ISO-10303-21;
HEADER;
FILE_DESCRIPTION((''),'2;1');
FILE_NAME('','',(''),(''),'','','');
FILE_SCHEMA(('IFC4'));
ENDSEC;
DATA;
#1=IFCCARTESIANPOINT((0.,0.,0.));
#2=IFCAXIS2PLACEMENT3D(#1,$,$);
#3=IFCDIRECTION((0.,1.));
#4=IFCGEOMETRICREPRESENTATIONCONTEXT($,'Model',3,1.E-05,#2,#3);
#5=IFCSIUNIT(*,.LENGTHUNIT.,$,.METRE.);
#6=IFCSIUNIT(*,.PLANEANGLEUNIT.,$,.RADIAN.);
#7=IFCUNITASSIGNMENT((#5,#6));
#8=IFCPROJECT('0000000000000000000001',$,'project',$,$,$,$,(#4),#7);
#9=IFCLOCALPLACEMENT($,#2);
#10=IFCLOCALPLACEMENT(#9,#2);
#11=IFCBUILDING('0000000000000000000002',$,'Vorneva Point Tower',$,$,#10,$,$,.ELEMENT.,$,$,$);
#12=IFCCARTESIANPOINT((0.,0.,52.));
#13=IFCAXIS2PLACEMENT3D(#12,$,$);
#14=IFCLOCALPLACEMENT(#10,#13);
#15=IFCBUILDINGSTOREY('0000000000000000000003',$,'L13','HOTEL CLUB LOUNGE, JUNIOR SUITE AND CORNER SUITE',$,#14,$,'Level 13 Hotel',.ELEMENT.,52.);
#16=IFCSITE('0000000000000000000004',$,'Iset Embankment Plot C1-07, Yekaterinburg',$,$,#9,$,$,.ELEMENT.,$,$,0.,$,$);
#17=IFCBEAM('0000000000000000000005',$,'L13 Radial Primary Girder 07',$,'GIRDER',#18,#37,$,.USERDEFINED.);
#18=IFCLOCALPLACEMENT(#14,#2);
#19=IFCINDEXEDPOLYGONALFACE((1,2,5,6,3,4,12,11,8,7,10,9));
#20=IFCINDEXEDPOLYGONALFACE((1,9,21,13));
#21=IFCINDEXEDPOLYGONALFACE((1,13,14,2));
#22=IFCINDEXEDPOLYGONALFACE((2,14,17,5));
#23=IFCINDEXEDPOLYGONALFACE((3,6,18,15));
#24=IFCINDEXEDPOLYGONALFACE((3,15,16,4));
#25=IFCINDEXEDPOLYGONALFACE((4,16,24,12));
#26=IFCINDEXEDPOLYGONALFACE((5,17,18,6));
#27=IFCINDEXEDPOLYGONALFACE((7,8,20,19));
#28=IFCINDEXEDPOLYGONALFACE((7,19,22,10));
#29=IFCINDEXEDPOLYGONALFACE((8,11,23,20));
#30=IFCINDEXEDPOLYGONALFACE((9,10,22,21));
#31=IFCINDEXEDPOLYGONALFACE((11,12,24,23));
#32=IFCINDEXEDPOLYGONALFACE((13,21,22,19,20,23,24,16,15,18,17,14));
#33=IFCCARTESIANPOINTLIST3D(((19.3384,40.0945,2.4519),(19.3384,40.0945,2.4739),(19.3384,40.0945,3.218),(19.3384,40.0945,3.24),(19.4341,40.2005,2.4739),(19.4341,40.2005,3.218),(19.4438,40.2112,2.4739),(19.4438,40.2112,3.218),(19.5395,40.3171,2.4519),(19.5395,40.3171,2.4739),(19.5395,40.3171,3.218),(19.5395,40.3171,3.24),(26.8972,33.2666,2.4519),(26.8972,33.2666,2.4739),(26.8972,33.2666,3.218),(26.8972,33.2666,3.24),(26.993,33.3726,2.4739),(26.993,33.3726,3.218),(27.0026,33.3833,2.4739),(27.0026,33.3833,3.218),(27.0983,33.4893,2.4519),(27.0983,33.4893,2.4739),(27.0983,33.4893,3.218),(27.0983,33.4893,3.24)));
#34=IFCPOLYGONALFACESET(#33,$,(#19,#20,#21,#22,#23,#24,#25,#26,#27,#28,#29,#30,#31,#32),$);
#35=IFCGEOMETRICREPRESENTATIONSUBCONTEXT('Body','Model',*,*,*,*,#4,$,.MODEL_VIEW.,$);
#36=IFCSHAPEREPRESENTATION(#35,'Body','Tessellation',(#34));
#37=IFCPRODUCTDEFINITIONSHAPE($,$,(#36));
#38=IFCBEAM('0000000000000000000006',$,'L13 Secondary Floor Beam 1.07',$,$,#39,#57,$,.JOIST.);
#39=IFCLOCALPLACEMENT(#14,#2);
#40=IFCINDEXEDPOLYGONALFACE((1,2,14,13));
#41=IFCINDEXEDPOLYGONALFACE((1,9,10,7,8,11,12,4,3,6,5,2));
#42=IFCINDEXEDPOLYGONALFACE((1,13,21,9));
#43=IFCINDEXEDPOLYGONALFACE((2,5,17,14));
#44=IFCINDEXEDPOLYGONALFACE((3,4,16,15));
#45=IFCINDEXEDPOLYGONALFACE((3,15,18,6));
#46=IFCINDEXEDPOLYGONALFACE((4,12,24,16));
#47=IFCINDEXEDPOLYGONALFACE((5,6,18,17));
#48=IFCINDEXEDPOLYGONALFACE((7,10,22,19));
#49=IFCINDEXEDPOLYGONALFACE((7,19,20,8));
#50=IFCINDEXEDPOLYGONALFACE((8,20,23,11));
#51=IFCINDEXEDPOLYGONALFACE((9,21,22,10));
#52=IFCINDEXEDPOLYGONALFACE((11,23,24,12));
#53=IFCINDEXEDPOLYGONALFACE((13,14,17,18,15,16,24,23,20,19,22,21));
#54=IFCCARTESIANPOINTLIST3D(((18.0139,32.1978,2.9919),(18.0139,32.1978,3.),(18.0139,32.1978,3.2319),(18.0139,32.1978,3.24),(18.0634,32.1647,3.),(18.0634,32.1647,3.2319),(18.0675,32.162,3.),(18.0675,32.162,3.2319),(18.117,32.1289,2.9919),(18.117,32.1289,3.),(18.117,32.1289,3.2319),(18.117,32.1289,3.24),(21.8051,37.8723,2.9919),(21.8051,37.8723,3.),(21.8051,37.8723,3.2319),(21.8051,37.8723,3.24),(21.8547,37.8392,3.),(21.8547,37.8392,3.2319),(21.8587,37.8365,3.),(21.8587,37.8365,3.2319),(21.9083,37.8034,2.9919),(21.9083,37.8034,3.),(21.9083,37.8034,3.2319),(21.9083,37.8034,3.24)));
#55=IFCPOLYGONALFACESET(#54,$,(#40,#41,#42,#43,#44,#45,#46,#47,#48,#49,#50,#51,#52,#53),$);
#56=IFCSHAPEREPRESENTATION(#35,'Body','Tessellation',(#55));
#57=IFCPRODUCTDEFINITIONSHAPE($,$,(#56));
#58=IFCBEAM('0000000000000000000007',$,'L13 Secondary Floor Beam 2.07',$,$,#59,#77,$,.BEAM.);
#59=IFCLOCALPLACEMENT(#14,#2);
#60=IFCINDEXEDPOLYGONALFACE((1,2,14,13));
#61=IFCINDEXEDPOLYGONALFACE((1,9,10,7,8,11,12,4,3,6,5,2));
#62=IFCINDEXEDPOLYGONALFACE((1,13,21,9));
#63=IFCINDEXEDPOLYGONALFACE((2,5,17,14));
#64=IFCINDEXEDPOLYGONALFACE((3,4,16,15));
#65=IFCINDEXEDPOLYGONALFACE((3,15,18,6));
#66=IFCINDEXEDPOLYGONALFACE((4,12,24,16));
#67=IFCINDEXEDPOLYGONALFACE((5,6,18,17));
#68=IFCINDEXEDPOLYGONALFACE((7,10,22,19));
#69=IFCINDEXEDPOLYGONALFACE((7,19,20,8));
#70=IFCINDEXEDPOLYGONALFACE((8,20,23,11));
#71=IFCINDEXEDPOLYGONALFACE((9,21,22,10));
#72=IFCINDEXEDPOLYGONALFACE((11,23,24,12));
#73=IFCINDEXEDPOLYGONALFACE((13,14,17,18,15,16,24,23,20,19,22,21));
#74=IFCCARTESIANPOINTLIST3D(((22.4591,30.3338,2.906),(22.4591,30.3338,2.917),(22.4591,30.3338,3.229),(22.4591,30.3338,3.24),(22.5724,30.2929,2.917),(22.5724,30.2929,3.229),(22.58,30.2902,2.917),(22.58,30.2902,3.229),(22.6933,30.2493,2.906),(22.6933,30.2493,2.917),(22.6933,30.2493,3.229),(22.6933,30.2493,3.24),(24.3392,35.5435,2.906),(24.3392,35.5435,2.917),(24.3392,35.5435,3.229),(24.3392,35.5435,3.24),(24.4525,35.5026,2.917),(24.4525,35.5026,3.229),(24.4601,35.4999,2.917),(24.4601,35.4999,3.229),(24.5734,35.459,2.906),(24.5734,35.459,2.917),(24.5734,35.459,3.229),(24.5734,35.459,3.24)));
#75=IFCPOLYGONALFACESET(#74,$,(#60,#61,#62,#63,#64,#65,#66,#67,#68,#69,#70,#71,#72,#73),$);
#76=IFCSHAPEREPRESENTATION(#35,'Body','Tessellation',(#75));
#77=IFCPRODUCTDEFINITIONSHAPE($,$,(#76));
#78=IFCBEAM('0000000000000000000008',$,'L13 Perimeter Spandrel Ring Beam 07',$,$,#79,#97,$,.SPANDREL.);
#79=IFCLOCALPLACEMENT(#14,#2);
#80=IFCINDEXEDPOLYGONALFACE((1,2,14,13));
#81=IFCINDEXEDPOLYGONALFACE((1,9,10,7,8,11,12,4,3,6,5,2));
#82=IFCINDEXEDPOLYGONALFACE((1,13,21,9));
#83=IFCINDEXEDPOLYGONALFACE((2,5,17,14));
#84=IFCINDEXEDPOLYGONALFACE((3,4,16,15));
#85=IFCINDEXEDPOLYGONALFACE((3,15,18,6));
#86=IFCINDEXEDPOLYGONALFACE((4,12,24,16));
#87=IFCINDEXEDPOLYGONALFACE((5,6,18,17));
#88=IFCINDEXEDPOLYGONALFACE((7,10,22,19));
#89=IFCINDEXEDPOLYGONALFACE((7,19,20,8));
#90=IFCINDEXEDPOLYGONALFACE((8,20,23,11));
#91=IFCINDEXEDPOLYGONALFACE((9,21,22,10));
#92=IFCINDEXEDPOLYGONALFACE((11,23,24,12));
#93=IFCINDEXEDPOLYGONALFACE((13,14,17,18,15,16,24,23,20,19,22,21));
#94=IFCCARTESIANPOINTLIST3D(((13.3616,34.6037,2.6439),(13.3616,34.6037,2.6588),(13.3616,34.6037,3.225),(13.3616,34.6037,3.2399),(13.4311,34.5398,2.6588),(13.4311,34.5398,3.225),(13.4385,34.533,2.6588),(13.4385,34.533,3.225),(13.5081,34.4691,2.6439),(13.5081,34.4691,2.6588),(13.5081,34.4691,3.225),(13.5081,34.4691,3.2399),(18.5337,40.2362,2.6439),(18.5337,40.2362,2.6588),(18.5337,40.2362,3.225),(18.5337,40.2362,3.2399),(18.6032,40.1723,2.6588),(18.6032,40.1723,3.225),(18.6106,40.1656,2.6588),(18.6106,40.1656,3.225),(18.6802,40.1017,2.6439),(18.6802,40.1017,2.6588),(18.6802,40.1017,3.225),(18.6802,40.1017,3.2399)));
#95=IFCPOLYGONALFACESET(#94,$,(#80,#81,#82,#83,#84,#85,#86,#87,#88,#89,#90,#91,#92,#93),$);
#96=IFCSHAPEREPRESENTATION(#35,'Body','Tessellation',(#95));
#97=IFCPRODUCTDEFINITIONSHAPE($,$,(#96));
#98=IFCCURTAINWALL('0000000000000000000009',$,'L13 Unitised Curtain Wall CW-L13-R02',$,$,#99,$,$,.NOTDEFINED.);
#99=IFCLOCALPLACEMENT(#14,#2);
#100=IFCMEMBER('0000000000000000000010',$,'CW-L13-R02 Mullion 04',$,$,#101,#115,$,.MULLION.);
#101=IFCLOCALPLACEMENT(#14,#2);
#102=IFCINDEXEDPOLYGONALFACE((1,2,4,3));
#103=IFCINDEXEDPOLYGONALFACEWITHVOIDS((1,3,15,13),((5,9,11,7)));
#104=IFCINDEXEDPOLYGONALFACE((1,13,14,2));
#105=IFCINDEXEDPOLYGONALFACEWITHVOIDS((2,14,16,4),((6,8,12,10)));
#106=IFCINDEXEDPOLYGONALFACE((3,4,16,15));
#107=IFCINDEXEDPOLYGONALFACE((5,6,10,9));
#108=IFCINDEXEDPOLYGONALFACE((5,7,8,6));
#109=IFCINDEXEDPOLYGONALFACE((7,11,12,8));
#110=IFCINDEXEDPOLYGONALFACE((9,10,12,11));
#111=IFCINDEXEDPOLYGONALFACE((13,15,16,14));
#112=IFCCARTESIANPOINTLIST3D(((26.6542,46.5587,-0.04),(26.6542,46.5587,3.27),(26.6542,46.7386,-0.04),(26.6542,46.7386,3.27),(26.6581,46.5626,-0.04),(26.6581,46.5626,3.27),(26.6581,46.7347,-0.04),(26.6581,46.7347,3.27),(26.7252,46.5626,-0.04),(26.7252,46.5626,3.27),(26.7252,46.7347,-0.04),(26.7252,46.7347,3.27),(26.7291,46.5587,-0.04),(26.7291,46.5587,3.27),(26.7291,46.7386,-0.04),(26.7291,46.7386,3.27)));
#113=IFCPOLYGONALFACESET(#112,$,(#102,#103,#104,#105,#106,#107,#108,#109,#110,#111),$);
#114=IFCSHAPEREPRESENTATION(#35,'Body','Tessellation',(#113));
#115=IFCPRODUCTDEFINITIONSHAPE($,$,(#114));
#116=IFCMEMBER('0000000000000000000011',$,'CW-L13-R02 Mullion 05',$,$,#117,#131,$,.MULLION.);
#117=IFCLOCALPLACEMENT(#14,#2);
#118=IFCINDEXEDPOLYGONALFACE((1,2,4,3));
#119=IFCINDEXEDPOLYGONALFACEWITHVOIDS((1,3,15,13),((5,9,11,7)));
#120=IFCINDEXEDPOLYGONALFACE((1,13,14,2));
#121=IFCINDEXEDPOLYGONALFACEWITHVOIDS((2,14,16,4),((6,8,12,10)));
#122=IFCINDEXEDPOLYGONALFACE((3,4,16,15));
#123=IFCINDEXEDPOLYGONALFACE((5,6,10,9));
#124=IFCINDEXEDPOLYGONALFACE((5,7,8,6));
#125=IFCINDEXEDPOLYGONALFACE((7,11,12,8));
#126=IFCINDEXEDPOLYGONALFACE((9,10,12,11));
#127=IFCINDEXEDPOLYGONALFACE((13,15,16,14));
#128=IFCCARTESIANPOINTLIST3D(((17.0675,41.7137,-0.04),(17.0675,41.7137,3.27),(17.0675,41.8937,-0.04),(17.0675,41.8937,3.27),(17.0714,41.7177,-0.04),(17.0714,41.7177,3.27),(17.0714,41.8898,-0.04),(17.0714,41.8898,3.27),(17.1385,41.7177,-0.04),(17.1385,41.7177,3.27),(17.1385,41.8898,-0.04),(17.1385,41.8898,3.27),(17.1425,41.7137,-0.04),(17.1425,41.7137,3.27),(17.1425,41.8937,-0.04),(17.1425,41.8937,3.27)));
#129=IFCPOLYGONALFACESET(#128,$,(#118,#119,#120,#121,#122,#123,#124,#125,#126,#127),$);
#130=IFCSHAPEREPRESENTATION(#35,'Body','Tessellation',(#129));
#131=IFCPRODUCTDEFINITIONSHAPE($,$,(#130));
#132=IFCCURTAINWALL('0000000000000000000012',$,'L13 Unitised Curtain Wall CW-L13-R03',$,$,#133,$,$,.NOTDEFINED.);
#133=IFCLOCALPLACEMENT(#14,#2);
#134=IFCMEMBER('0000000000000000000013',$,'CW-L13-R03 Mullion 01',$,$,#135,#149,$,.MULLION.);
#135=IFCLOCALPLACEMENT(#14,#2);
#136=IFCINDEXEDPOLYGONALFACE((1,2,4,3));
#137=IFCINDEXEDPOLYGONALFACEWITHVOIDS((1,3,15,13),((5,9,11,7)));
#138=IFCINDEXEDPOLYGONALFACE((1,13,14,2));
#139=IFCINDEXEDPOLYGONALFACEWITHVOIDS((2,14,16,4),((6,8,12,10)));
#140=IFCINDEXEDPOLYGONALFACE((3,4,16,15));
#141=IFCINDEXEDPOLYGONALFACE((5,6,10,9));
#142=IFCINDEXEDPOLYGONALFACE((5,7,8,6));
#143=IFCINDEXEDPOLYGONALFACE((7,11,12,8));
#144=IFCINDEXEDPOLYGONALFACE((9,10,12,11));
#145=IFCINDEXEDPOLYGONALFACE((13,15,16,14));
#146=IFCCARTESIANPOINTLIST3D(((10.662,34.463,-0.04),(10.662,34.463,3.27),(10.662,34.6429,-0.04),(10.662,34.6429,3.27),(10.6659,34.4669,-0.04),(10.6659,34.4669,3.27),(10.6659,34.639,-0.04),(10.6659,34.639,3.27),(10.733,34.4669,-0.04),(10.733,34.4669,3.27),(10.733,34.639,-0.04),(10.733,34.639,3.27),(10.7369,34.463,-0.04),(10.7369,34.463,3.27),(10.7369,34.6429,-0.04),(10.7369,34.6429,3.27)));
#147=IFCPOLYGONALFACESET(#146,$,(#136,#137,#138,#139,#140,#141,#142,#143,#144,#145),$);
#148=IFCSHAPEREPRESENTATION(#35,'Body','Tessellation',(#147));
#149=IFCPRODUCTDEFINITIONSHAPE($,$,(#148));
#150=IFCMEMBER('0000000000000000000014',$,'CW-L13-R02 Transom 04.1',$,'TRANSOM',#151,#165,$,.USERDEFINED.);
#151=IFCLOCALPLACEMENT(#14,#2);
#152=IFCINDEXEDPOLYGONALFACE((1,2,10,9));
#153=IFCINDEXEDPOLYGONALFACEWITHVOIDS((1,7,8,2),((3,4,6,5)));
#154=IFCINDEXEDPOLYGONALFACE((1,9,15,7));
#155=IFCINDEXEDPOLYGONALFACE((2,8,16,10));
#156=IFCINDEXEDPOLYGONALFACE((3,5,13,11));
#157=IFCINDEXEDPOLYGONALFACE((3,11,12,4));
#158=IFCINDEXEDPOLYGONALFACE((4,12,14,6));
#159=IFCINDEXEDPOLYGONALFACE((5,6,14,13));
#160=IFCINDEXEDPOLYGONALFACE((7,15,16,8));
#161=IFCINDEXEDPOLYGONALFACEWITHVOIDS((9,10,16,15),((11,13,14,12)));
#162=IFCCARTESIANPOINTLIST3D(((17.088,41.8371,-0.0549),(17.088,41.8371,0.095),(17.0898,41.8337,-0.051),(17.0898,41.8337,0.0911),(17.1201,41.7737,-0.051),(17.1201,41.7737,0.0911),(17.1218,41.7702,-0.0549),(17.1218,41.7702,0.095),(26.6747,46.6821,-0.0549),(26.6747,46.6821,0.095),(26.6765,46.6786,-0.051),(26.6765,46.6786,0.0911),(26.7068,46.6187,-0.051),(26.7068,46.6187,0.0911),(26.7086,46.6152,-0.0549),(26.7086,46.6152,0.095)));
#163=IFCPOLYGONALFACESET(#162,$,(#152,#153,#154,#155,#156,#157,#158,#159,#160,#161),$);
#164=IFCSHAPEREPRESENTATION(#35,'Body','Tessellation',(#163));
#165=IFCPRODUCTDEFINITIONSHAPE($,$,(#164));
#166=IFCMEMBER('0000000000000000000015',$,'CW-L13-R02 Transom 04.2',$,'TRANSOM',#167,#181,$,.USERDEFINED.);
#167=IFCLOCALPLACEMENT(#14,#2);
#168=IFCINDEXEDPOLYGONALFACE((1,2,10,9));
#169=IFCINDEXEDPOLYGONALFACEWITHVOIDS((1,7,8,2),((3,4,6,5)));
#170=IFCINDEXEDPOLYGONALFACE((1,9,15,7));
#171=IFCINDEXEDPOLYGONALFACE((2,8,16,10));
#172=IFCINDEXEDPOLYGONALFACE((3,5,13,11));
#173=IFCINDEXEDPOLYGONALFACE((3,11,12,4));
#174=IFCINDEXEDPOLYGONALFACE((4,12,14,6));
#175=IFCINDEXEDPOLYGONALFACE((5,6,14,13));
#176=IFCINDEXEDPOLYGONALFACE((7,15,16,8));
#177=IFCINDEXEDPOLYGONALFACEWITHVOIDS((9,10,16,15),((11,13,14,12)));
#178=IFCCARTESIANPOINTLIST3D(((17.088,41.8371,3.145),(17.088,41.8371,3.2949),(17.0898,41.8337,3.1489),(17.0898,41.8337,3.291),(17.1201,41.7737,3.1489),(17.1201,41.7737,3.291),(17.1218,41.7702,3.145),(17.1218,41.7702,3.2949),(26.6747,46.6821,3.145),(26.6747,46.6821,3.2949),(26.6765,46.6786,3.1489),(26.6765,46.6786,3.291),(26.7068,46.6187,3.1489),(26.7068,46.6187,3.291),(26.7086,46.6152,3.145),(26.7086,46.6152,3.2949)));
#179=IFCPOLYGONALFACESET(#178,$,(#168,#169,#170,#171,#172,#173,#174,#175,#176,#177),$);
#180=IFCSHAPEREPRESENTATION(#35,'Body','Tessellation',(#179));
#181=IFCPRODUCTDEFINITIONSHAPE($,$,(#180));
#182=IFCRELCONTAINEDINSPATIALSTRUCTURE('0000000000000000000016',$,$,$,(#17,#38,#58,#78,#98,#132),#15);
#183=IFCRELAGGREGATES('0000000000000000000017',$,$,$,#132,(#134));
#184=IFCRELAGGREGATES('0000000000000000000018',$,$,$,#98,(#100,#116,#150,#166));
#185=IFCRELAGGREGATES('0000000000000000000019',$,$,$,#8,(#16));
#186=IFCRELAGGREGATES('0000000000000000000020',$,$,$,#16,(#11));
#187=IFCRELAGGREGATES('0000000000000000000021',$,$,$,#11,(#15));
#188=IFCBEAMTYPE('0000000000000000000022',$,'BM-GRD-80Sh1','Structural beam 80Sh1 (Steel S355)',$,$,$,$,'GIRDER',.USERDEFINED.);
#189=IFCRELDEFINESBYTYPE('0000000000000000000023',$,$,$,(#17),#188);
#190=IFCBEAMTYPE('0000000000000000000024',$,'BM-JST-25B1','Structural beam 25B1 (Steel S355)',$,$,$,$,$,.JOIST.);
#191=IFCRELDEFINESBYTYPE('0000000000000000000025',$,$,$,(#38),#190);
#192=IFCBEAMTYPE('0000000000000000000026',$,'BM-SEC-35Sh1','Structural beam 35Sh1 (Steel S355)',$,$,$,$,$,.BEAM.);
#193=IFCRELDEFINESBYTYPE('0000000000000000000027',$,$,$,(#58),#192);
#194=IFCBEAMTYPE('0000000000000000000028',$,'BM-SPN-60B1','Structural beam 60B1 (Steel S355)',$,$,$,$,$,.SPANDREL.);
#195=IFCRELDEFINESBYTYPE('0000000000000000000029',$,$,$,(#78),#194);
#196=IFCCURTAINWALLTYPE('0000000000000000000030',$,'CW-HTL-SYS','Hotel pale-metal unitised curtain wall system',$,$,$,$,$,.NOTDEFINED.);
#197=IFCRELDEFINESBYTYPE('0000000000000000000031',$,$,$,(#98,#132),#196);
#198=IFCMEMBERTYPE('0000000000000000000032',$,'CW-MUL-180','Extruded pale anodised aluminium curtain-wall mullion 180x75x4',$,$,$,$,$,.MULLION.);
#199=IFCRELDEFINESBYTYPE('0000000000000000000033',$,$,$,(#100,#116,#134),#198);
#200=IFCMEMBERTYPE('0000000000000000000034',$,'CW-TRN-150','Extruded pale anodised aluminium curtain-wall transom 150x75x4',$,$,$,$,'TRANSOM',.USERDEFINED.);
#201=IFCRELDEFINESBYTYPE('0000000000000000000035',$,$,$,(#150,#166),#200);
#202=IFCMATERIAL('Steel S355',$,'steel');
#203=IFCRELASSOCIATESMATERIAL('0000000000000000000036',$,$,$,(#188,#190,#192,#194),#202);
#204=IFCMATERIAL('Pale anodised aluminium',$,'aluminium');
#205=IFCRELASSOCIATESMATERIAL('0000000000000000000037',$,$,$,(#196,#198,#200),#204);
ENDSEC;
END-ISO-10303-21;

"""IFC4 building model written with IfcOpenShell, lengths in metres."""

from ifc_helpers import new_model, si_unit, direction, frame, origin, origin_2d, place, context, subcontext, project, spatial, hollow_rectangle, i_section, extrude, material, material_profile, profile_set, type_object, element, aggregate, save


model = new_model("IFC4")

# Units and contexts
model_context = context("Model", 3, precision=1e-05, world=origin(), true_north=direction((0.0, 1.0)))
body_context = subcontext(model_context, "Body", "Model", "MODEL_VIEW")
ifc_project = project(units=[si_unit("LENGTHUNIT", "METRE"), si_unit("PLANEANGLEUNIT", "RADIAN")], contexts=[model_context])

# Site, building, storey
site_placement = place(None, origin())
site = spatial("IfcSite", under=ifc_project, at=site_placement, Name="Iset Embankment Plot C1-07, Yekaterinburg", CompositionType="ELEMENT", RefElevation=0.0)
building_placement = place(site_placement, origin())
building = spatial("IfcBuilding", under=site, at=building_placement, Name="Vorneva Point Tower", CompositionType="ELEMENT")
storey_placement = place(building_placement, frame((0.0, 0.0, 52.0)))
storey = spatial("IfcBuildingStorey", under=building, at=storey_placement, Name="L13", Description="HOTEL CLUB LOUNGE, JUNIOR SUITE AND CORNER SUITE", LongName="Level 13 Hotel", CompositionType="ELEMENT", Elevation=52.0)

# Beams
ifc_material_1 = material(Name="Steel S355", Category="steel")
ifc_material_profile_1 = material_profile(ifc_material_1, i_section(OverallWidth=0.3, OverallDepth=0.7881, WebThickness=0.0144, FlangeThickness=0.022, at=origin_2d()), Name="80Sh1")
ifc_profile_set_1 = profile_set([ifc_material_profile_1], Name="Steel S355")
beam_type_1 = type_object("IfcBeamType", Name="BM-GRD-80Sh1", Description="Structural beam 80Sh1 (Steel S355)", ElementType="GIRDER", PredefinedType="USERDEFINED", material=ifc_profile_set_1)
beam_1_placement = place(storey_placement, frame((19.439, 40.2058, 2.8459), z_axis=(0.742076, -0.670316, 0.0), x_axis=(0.670316, 0.742076, 0.0)))
element("IfcBeam", 1, at=beam_1_placement, inside=storey, type_object=beam_type_1, Name="L13 Radial Primary Girder 07", ObjectType="GIRDER", PredefinedType="USERDEFINED", context=body_context, shape_type="SweptSolid", body=[
    extrude(i_section(OverallWidth=0.3, OverallDepth=0.7881, WebThickness=0.0144, FlangeThickness=0.022, at=origin_2d()), origin(), (0.0, 0.0, 1.0), 10.186),
])
ifc_material_profile_2 = material_profile(ifc_material_1, i_section(OverallWidth=0.124, OverallDepth=0.248, WebThickness=0.0049, FlangeThickness=0.0081, at=origin_2d()), Name="25B1")
ifc_profile_set_2 = profile_set([ifc_material_profile_2], Name="Steel S355")
beam_type_2 = type_object("IfcBeamType", Name="BM-JST-25B1", Description="Structural beam 25B1 (Steel S355)", PredefinedType="JOIST", material=ifc_profile_set_2)
beam_2_placement = place(storey_placement, frame((21.8567, 37.8379, 3.116), z_axis=(-0.555534, -0.831494, 0.0), x_axis=(0.831494, -0.555534, 0.0)))
element("IfcBeam", 2, at=beam_2_placement, inside=storey, type_object=beam_type_2, Name="L13 Secondary Floor Beam 1.07", PredefinedType="JOIST", context=body_context, shape_type="SweptSolid", body=[
    extrude(i_section(OverallWidth=0.124, OverallDepth=0.248, WebThickness=0.0049, FlangeThickness=0.0081, at=origin_2d()), origin(), (0.0, 0.0, 1.0), 6.8245),
])
ifc_material_profile_3 = material_profile(ifc_material_1, i_section(OverallWidth=0.249, OverallDepth=0.334, WebThickness=0.0081, FlangeThickness=0.011, at=origin_2d()), Name="35Sh1")
ifc_profile_set_3 = profile_set([ifc_material_profile_3], Name="Steel S355")
beam_type_3 = type_object("IfcBeamType", Name="BM-SEC-35Sh1", Description="Structural beam 35Sh1 (Steel S355)", PredefinedType="BEAM", material=ifc_profile_set_3)
beam_3_placement = place(storey_placement, frame((24.4563, 35.5012, 3.073), z_axis=(-0.339459, -0.940621, 0.0), x_axis=(0.940621, -0.339459, 0.0)))
element("IfcBeam", 3, at=beam_3_placement, inside=storey, type_object=beam_type_3, Name="L13 Secondary Floor Beam 2.07", PredefinedType="BEAM", context=body_context, shape_type="SweptSolid", body=[
    extrude(i_section(OverallWidth=0.249, OverallDepth=0.334, WebThickness=0.0081, FlangeThickness=0.011, at=origin_2d()), origin(), (0.0, 0.0, 1.0), 5.5386),
])
ifc_material_profile_4 = material_profile(ifc_material_1, i_section(OverallWidth=0.199, OverallDepth=0.5959, WebThickness=0.01, FlangeThickness=0.0149, at=origin_2d()), Name="60B1")
ifc_profile_set_4 = profile_set([ifc_material_profile_4], Name="Steel S355")
beam_type_4 = type_object("IfcBeamType", Name="BM-SPN-60B1", Description="Structural beam 60B1 (Steel S355)", PredefinedType="SPANDREL", material=ifc_profile_set_4)
beam_4_placement = place(storey_placement, frame((18.6069, 40.1689, 2.9419), z_axis=(-0.676359, -0.736572, 0.0), x_axis=(0.736572, -0.676359, 0.0)))
element("IfcBeam", 4, at=beam_4_placement, inside=storey, type_object=beam_type_4, Name="L13 Perimeter Spandrel Ring Beam 07", PredefinedType="SPANDREL", context=body_context, shape_type="SweptSolid", body=[
    extrude(i_section(OverallWidth=0.199, OverallDepth=0.5959, WebThickness=0.01, FlangeThickness=0.0149, at=origin_2d()), origin(), (0.0, 0.0, 1.0), 7.647),
])

# Curtain wall, members
ifc_material_2 = material(Name="Pale anodised aluminium", Category="aluminium")
curtain_wall_type = type_object("IfcCurtainWallType", Name="CW-HTL-SYS", Description="Hotel pale-metal unitised curtain wall system", PredefinedType="NOTDEFINED", material=ifc_material_2)
curtain_wall_1_placement = place(storey_placement, origin())
curtain_wall_1 = element("IfcCurtainWall", 5, at=curtain_wall_1_placement, inside=storey, type_object=curtain_wall_type, Name="L13 Unitised Curtain Wall CW-L13-R02", PredefinedType="NOTDEFINED")
ifc_material_profile_5 = material_profile(ifc_material_2, hollow_rectangle(XDim=0.075, YDim=0.1799, WallThickness=0.0039, at=origin_2d()), Name="AL-MUL 180x75x4")
ifc_profile_set_5 = profile_set([ifc_material_profile_5], Name="Pale anodised aluminium")
member_type_1 = type_object("IfcMemberType", Name="CW-MUL-180", Description="Extruded pale anodised aluminium curtain-wall mullion 180x75x4", PredefinedType="MULLION", material=ifc_profile_set_5)
member_1_placement = place(storey_placement, frame((26.6917, 46.6487, -0.04), z_axis=(0.0, 0.0, 1.0), x_axis=(1.0, 0.0, 0.0)))
member_1 = element("IfcMember", 6, at=member_1_placement, type_object=member_type_1, Name="CW-L13-R02 Mullion 04", PredefinedType="MULLION", context=body_context, shape_type="SweptSolid", body=[
    extrude(hollow_rectangle(XDim=0.075, YDim=0.1799, WallThickness=0.0039, at=origin_2d()), origin(), (0.0, 0.0, 1.0), 3.3101),
])
member_2_placement = place(storey_placement, frame((17.105, 41.8037, -0.04), z_axis=(0.0, 0.0, 1.0), x_axis=(1.0, 0.0, 0.0)))
member_2 = element("IfcMember", 7, at=member_2_placement, type_object=member_type_1, Name="CW-L13-R02 Mullion 05", PredefinedType="MULLION", context=body_context, shape_type="SweptSolid", body=[
    extrude(hollow_rectangle(XDim=0.075, YDim=0.1799, WallThickness=0.0039, at=origin_2d()), origin(), (0.0, 0.0, 1.0), 3.3101),
])

# Curtain wall, member
curtain_wall_2_placement = place(storey_placement, origin())
curtain_wall_2 = element("IfcCurtainWall", 8, at=curtain_wall_2_placement, inside=storey, type_object=curtain_wall_type, Name="L13 Unitised Curtain Wall CW-L13-R03", PredefinedType="NOTDEFINED")
member_3_placement = place(storey_placement, frame((10.6995, 34.553, -0.04), z_axis=(0.0, 0.0, 1.0), x_axis=(1.0, 0.0, 0.0)))
member_3 = element("IfcMember", 9, at=member_3_placement, type_object=member_type_1, Name="CW-L13-R03 Mullion 01", PredefinedType="MULLION", context=body_context, shape_type="SweptSolid", body=[
    extrude(hollow_rectangle(XDim=0.075, YDim=0.1799, WallThickness=0.0039, at=origin_2d()), origin(), (0.0, 0.0, 1.0), 3.3101),
])

# Members
ifc_material_profile_6 = material_profile(ifc_material_2, hollow_rectangle(XDim=0.075, YDim=0.1499, WallThickness=0.0039, at=origin_2d()), Name="AL-TRN 150x75x4")
ifc_profile_set_6 = profile_set([ifc_material_profile_6], Name="Pale anodised aluminium")
member_type_2 = type_object("IfcMemberType", Name="CW-TRN-150", Description="Extruded pale anodised aluminium curtain-wall transom 150x75x4", ElementType="TRANSOM", PredefinedType="USERDEFINED", material=ifc_profile_set_6)
member_4_placement = place(storey_placement, frame((26.6917, 46.6487, 0.02), z_axis=(-0.892496, -0.451055, 0.0), x_axis=(0.451055, -0.892496, 0.0)))
member_4 = element("IfcMember", 10, at=member_4_placement, type_object=member_type_2, Name="CW-L13-R02 Transom 04.1", ObjectType="TRANSOM", PredefinedType="USERDEFINED", context=body_context, shape_type="SweptSolid", body=[
    extrude(hollow_rectangle(XDim=0.075, YDim=0.1499, WallThickness=0.0039, at=origin_2d()), origin(), (0.0, 0.0, 1.0), 10.7415),
])
member_5_placement = place(storey_placement, frame((26.6917, 46.6487, 3.22), z_axis=(-0.892496, -0.451055, 0.0), x_axis=(0.451055, -0.892496, 0.0)))
member_5 = element("IfcMember", 11, at=member_5_placement, type_object=member_type_2, Name="CW-L13-R02 Transom 04.2", ObjectType="TRANSOM", PredefinedType="USERDEFINED", context=body_context, shape_type="SweptSolid", body=[
    extrude(hollow_rectangle(XDim=0.075, YDim=0.1499, WallThickness=0.0039, at=origin_2d()), origin(), (0.0, 0.0, 1.0), 10.7415),
])
aggregate(curtain_wall_2, [member_3])

aggregate(curtain_wall_1, [member_1, member_2, member_4, member_5])

save(model, "model.ifc")
